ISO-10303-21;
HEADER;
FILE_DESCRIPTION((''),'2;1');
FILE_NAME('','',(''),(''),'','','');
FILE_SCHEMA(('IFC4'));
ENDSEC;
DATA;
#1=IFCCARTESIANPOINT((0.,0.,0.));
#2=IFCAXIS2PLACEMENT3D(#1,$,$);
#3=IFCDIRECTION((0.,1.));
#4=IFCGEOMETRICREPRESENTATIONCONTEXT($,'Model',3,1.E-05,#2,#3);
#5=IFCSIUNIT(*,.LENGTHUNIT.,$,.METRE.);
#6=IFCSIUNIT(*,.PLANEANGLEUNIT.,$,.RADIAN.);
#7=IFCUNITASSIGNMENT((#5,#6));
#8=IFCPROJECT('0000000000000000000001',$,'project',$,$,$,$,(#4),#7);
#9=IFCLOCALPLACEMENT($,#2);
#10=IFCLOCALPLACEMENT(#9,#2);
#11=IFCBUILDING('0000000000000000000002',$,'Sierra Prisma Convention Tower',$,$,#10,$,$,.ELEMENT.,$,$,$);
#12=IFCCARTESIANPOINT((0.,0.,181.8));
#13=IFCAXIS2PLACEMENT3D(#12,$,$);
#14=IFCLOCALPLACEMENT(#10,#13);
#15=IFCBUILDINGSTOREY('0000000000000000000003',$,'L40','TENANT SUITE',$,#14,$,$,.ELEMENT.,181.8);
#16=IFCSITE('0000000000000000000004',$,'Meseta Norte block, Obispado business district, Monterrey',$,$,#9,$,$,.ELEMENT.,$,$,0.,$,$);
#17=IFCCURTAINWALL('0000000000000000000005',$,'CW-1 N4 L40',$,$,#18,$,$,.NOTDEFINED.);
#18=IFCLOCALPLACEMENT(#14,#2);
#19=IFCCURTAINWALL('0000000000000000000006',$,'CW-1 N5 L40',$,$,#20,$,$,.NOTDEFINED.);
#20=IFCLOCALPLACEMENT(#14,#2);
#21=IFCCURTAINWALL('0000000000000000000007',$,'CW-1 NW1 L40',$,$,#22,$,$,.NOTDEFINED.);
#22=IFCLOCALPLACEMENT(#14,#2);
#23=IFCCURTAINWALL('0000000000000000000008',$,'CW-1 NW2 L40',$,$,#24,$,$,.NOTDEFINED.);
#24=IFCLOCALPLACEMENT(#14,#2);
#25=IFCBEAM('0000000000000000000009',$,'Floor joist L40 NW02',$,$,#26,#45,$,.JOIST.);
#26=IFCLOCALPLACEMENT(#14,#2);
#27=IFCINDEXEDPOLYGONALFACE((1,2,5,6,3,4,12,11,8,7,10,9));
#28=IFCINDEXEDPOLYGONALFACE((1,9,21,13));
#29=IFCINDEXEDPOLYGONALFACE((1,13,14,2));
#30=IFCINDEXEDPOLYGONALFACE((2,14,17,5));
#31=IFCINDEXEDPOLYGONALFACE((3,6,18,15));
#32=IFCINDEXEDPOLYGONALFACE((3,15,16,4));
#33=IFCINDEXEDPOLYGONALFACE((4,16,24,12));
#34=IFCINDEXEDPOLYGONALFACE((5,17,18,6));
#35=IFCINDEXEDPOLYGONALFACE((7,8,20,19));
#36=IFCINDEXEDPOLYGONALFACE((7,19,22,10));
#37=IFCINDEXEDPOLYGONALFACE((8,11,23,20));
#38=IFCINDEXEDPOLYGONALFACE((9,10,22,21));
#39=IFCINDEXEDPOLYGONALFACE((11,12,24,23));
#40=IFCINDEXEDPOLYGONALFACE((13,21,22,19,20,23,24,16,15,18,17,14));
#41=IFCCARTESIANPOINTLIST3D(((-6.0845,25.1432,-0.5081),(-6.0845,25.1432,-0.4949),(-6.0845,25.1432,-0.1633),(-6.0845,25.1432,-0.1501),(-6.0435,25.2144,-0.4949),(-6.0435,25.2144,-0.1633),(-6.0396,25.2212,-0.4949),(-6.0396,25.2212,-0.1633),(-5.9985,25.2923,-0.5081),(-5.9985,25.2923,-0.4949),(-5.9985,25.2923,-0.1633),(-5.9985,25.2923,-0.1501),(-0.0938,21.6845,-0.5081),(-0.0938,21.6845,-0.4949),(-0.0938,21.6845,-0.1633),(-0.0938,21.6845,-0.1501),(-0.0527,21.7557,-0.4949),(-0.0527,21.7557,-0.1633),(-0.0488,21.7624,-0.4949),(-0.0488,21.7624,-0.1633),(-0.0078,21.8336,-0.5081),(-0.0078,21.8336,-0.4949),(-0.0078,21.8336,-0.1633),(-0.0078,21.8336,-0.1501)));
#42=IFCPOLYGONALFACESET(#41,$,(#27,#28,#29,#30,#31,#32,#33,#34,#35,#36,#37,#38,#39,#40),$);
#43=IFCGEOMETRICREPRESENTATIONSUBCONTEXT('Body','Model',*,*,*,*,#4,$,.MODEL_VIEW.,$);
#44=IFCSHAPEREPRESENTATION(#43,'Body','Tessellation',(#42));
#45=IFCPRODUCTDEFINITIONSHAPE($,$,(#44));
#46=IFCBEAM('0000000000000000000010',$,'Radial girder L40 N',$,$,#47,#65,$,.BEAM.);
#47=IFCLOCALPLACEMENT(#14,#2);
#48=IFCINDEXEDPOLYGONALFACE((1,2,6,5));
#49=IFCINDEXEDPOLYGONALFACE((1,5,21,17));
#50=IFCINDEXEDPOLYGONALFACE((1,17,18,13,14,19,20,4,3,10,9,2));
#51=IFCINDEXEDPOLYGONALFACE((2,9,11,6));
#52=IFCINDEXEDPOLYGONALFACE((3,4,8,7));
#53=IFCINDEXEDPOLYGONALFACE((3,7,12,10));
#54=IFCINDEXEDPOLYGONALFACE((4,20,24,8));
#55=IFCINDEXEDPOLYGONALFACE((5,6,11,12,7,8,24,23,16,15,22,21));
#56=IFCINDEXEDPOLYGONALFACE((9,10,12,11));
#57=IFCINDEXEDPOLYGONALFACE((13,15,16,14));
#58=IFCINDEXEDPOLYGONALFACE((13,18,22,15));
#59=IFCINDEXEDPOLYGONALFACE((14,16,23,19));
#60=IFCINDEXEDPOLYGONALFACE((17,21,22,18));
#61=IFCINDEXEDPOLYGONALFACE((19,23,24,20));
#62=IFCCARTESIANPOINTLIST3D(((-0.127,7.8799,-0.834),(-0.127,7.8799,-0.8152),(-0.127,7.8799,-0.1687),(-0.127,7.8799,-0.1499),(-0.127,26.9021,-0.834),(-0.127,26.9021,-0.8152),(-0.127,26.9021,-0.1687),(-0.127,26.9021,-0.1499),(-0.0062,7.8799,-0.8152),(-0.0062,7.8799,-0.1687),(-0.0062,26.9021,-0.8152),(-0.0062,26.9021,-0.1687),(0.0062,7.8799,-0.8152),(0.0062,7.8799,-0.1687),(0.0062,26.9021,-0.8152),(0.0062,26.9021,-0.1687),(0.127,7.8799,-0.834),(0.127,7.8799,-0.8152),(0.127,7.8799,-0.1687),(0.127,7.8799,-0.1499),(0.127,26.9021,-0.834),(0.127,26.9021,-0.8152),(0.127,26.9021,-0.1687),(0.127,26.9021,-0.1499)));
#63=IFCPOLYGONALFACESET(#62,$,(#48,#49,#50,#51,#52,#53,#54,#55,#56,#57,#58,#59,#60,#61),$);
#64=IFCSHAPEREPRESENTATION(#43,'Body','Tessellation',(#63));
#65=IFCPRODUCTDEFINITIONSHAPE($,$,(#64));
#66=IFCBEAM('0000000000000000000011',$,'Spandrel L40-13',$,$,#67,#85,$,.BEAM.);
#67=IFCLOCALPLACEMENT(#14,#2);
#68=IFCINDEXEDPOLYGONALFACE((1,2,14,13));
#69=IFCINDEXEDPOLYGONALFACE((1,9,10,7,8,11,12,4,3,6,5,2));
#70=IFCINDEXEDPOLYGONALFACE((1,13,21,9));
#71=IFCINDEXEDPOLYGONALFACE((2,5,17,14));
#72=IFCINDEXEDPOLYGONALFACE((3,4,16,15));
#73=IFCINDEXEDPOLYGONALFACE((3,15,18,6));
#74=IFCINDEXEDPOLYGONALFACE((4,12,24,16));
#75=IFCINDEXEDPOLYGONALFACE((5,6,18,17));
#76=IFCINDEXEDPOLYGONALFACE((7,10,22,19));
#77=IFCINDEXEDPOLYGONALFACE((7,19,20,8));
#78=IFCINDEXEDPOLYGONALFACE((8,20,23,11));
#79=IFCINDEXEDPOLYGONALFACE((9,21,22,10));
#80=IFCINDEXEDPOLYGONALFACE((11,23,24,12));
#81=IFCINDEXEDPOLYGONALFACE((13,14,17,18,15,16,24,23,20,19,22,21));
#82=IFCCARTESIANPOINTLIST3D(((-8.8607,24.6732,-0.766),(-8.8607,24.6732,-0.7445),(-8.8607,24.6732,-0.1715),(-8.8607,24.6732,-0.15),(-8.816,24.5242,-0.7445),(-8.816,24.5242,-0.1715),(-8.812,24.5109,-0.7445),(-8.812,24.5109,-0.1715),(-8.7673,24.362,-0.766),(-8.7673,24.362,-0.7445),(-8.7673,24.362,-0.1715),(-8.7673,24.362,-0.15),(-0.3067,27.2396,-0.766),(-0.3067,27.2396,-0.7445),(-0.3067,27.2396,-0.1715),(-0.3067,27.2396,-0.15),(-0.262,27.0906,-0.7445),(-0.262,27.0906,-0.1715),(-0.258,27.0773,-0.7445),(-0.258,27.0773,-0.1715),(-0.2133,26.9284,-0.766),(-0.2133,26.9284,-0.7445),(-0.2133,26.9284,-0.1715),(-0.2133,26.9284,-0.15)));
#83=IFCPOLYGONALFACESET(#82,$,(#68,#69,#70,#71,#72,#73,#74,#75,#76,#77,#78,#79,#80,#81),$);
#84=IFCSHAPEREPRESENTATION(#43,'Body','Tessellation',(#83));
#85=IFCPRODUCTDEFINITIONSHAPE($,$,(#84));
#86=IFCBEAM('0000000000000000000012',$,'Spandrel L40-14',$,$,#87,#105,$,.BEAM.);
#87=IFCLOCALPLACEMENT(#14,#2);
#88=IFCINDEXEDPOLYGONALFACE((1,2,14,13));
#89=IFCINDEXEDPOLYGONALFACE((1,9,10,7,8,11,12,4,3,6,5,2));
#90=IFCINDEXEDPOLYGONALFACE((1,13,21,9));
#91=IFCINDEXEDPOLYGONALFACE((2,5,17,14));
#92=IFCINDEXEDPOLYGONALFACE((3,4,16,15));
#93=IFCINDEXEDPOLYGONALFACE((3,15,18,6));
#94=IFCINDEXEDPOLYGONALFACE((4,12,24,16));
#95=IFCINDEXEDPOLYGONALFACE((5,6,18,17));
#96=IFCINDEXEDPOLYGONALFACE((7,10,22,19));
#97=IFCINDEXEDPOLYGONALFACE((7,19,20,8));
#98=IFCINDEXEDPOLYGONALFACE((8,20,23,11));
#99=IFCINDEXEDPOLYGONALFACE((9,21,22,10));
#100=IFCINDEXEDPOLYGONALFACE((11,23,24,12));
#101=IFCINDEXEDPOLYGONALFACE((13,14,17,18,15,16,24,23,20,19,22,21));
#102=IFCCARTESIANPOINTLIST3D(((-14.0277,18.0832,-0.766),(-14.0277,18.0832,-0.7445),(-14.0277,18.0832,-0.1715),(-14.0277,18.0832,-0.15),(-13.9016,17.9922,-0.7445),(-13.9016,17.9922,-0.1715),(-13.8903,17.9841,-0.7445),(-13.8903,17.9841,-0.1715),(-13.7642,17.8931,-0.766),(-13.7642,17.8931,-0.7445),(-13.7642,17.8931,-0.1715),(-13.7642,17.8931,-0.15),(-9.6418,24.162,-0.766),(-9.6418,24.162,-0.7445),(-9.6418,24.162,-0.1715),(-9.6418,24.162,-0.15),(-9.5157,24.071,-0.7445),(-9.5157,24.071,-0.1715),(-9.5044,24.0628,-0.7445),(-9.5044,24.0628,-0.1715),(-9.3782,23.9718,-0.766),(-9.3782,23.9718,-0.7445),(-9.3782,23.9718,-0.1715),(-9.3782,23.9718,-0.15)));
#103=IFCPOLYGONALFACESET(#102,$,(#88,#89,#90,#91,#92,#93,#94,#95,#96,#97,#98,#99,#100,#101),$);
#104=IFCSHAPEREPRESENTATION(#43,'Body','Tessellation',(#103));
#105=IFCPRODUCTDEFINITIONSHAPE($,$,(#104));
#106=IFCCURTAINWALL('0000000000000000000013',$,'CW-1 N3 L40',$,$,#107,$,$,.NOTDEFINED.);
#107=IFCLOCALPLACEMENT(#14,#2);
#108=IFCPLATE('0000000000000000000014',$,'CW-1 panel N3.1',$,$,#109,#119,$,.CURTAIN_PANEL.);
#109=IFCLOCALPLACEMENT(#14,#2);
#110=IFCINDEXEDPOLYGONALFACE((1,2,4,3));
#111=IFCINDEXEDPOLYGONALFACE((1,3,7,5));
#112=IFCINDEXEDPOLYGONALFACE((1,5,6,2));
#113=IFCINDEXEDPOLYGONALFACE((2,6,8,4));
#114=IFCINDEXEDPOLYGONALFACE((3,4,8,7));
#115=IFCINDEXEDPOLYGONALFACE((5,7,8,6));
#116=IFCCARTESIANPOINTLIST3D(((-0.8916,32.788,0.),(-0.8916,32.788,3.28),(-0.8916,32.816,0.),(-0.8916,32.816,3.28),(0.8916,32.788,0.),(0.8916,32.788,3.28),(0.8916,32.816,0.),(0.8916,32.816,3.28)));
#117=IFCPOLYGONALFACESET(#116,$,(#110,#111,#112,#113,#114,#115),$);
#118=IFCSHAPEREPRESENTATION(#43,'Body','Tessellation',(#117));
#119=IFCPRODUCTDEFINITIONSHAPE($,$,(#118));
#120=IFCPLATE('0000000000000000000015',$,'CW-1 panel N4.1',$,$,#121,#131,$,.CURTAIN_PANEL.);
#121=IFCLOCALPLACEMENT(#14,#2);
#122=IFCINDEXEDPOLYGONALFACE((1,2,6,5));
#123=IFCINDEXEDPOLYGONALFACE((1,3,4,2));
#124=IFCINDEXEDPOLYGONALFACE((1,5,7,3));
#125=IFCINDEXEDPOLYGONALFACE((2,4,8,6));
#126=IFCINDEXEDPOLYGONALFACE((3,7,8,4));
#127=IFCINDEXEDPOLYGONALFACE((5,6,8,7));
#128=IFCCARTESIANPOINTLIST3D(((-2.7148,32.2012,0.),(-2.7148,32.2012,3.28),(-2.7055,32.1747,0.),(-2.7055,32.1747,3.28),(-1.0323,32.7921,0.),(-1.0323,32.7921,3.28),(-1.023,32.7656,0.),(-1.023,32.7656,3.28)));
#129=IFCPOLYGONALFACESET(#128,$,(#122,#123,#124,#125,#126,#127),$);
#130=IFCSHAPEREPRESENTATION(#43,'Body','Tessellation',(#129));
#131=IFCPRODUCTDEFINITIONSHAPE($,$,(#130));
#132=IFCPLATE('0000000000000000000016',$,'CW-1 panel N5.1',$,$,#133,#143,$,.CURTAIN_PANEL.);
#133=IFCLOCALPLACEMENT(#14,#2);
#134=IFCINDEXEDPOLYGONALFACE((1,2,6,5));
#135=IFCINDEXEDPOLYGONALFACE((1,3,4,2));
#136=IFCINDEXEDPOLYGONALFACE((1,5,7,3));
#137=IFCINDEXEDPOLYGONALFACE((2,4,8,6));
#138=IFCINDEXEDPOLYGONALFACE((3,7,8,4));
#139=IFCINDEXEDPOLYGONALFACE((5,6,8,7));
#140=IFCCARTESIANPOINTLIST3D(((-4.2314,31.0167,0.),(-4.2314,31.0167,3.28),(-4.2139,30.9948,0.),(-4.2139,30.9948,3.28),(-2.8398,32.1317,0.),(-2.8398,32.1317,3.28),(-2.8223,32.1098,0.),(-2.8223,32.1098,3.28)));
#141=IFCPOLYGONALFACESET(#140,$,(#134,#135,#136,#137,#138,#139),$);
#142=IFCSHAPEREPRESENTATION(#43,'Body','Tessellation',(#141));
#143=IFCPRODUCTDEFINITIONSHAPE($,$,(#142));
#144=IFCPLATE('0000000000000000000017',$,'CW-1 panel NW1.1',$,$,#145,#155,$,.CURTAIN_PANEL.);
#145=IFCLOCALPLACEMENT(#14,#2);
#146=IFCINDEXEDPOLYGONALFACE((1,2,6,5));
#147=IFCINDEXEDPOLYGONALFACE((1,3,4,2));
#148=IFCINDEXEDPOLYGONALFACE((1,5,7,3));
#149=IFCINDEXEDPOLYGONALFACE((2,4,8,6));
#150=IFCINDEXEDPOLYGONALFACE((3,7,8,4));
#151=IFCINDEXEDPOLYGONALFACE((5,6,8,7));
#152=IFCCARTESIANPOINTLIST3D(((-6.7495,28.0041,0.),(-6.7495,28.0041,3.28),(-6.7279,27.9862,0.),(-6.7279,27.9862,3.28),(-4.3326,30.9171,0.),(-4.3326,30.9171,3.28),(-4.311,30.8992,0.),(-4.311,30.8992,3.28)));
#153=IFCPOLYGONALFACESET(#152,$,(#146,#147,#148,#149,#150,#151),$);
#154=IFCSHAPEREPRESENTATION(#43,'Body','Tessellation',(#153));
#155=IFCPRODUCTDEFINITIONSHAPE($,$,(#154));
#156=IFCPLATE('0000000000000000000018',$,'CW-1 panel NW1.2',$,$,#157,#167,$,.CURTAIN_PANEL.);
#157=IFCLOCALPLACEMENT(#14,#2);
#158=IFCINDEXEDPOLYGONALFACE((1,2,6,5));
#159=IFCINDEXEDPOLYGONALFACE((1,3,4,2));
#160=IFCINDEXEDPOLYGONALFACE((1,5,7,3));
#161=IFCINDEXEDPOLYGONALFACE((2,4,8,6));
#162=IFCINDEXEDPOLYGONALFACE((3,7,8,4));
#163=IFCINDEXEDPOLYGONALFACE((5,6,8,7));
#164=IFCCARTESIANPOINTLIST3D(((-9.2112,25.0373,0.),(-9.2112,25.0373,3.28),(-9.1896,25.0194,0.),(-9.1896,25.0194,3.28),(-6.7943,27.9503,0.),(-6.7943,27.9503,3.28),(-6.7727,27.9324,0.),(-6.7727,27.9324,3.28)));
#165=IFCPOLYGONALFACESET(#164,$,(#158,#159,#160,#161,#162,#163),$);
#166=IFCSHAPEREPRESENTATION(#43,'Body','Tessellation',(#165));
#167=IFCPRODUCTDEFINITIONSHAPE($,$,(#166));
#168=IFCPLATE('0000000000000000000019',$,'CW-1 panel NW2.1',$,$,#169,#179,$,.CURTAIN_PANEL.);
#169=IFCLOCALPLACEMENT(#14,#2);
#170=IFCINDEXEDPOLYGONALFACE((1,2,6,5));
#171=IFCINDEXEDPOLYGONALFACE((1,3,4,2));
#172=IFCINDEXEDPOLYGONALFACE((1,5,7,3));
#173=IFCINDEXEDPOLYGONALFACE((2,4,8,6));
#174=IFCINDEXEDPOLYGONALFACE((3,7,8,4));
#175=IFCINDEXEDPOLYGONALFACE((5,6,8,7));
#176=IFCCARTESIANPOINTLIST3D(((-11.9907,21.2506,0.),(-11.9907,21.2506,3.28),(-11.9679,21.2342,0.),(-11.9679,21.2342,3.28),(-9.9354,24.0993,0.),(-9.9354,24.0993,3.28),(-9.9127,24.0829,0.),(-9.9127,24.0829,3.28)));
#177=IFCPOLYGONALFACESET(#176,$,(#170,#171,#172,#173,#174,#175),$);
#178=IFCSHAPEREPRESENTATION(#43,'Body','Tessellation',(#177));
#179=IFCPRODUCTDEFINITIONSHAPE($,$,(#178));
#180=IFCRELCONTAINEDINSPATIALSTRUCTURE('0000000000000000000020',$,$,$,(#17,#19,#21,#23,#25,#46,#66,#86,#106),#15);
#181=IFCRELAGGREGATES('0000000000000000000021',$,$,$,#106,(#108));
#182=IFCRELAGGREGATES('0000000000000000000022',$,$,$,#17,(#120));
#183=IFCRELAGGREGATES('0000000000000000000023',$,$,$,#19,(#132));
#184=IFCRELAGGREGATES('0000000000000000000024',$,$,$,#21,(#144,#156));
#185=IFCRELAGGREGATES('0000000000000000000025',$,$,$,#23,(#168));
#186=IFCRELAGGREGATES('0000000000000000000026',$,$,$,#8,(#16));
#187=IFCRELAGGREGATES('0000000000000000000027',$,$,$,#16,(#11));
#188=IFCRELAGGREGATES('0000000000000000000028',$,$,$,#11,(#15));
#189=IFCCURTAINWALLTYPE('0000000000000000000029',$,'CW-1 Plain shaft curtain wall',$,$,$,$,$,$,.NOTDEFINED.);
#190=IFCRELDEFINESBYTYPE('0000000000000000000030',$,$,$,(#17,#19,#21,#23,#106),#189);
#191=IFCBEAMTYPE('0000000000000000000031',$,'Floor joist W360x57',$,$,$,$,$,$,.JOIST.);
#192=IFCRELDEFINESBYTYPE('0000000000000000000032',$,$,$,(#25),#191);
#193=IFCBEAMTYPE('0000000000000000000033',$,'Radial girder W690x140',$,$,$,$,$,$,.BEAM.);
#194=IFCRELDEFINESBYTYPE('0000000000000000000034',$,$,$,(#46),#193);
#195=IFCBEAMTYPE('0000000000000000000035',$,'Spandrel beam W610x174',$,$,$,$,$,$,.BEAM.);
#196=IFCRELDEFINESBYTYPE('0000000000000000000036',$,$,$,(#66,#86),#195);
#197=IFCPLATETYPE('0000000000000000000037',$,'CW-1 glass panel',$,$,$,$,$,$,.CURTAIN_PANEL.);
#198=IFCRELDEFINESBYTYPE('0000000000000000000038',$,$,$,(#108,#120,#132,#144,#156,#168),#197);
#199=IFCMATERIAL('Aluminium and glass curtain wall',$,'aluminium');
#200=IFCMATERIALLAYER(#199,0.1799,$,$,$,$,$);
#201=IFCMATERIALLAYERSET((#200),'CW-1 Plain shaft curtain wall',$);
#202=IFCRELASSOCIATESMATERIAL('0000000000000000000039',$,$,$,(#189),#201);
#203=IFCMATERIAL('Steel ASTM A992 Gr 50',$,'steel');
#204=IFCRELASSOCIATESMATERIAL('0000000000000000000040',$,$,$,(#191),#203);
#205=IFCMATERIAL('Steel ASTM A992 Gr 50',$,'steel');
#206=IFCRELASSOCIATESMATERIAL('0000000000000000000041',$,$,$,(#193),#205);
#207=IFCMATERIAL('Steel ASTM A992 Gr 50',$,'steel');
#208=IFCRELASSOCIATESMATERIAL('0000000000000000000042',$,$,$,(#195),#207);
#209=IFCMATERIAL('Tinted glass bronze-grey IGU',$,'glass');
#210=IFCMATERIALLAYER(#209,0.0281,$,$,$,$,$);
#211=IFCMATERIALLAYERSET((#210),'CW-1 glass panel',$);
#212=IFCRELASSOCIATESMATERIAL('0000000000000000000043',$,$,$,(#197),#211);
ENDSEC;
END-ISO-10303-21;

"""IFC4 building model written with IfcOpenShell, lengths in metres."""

from ifc_helpers import new_model, si_unit, direction, frame, origin, origin_2d, place, context, subcontext, project, spatial, rectangle, i_section, extrude, material, layer, layer_set, material_profile, profile_set, type_object, element, aggregate, save


model = new_model("IFC4")

# Units and contexts
model_context = context("Model", 3, precision=1e-05, world=origin(), true_north=direction((0.0, 1.0)))
body_context = subcontext(model_context, "Body", "Model", "MODEL_VIEW")
ifc_project = project(units=[si_unit("LENGTHUNIT", "METRE"), si_unit("PLANEANGLEUNIT", "RADIAN")], contexts=[model_context])

# Site, building, storey
site_placement = place(None, origin())
site = spatial("IfcSite", under=ifc_project, at=site_placement, Name="Meseta Norte block, Obispado business district, Monterrey", CompositionType="ELEMENT", RefElevation=0.0)
building_placement = place(site_placement, origin())
building = spatial("IfcBuilding", under=site, at=building_placement, Name="Sierra Prisma Convention Tower", CompositionType="ELEMENT")
storey_placement = place(building_placement, frame((0.0, 0.0, 181.8)))
storey = spatial("IfcBuildingStorey", under=building, at=storey_placement, Name="L40", Description="TENANT SUITE", CompositionType="ELEMENT", Elevation=181.8)

# Curtain walls
ifc_material_1 = material(Name="Aluminium and glass curtain wall", Category="aluminium")
ifc_layer_1 = layer(ifc_material_1, 0.1799)
ifc_layer_set_1 = layer_set([ifc_layer_1], Name="CW-1 Plain shaft curtain wall")
curtain_wall_type = type_object("IfcCurtainWallType", Name="CW-1 Plain shaft curtain wall", PredefinedType="NOTDEFINED", material=ifc_layer_set_1)
curtain_wall_1_placement = place(storey_placement, origin())
curtain_wall_1 = element("IfcCurtainWall", 1, at=curtain_wall_1_placement, inside=storey, type_object=curtain_wall_type, Name="CW-1 N4 L40", PredefinedType="NOTDEFINED")
curtain_wall_2_placement = place(storey_placement, origin())
curtain_wall_2 = element("IfcCurtainWall", 2, at=curtain_wall_2_placement, inside=storey, type_object=curtain_wall_type, Name="CW-1 N5 L40", PredefinedType="NOTDEFINED")

# Curtain wall
curtain_wall_3_placement = place(storey_placement, origin())
curtain_wall_3 = element("IfcCurtainWall", 3, at=curtain_wall_3_placement, inside=storey, type_object=curtain_wall_type, Name="CW-1 NW1 L40", PredefinedType="NOTDEFINED")

# Curtain wall
curtain_wall_4_placement = place(storey_placement, origin())
curtain_wall_4 = element("IfcCurtainWall", 4, at=curtain_wall_4_placement, inside=storey, type_object=curtain_wall_type, Name="CW-1 NW2 L40", PredefinedType="NOTDEFINED")

# Beams
ifc_material_2 = material(Name="Steel ASTM A992 Gr 50", Category="steel")
ifc_material_profile_1 = material_profile(ifc_material_2, i_section(OverallWidth=0.1721, OverallDepth=0.3579, WebThickness=0.0078, FlangeThickness=0.0132, at=origin_2d()), Name="W360x57")
ifc_profile_set_1 = profile_set([ifc_material_profile_1], Name="Steel ASTM A992 Gr 50")
beam_type_1 = type_object("IfcBeamType", Name="Floor joist W360x57", PredefinedType="JOIST", material=ifc_profile_set_1)
beam_1_placement = place(storey_placement, frame((-6.0415, 25.2178, -0.3291), z_axis=(0.866026, -0.499999, 0.0), x_axis=(0.499999, 0.866026, 0.0)))
element("IfcBeam", 5, at=beam_1_placement, inside=storey, type_object=beam_type_1, Name="Floor joist L40 NW02", PredefinedType="JOIST", context=body_context, shape_type="SweptSolid", body=[
    extrude(i_section(OverallWidth=0.1721, OverallDepth=0.3579, WebThickness=0.0078, FlangeThickness=0.0132, at=origin_2d()), origin(), (0.0, 0.0, 1.0), 6.9175),
])
ifc_material_3 = material(Name="Steel ASTM A992 Gr 50", Category="steel")
ifc_material_profile_2 = material_profile(ifc_material_3, i_section(OverallWidth=0.2539, OverallDepth=0.6841, WebThickness=0.0125, FlangeThickness=0.0188, at=origin_2d()), Name="W690x140")
ifc_profile_set_2 = profile_set([ifc_material_profile_2], Name="Steel ASTM A992 Gr 50")
beam_type_2 = type_object("IfcBeamType", Name="Radial girder W690x140", PredefinedType="BEAM", material=ifc_profile_set_2)
beam_2_placement = place(storey_placement, frame((0.0, 26.9021, -0.4919), z_axis=(0.0, -1.0, 0.0), x_axis=(1.0, 0.0, 0.0)))
element("IfcBeam", 6, at=beam_2_placement, inside=storey, type_object=beam_type_2, Name="Radial girder L40 N", PredefinedType="BEAM", context=body_context, shape_type="SweptSolid", body=[
    extrude(i_section(OverallWidth=0.2539, OverallDepth=0.6841, WebThickness=0.0125, FlangeThickness=0.0188, at=origin_2d()), origin(), (0.0, 0.0, 1.0), 19.0222),
])
ifc_material_4 = material(Name="Steel ASTM A992 Gr 50", Category="steel")
ifc_material_profile_3 = material_profile(ifc_material_4, i_section(OverallWidth=0.325, OverallDepth=0.616, WebThickness=0.0139, FlangeThickness=0.0215, at=origin_2d()), Name="W610x174")
ifc_profile_set_3 = profile_set([ifc_material_profile_3], Name="Steel ASTM A992 Gr 50")
beam_type_3 = type_object("IfcBeamType", Name="Spandrel beam W610x174", PredefinedType="BEAM", material=ifc_profile_set_3)
beam_3_placement = place(storey_placement, frame((-0.26, 27.084, -0.458), z_axis=(-0.95782, -0.28737, 0.0), x_axis=(0.28737, -0.95782, 0.0)))
element("IfcBeam", 7, at=beam_3_placement, inside=storey, type_object=beam_type_3, Name="Spandrel L40-13", PredefinedType="BEAM", context=body_context, shape_type="SweptSolid", body=[
    extrude(i_section(OverallWidth=0.325, OverallDepth=0.616, WebThickness=0.0139, FlangeThickness=0.0215, at=origin_2d()), origin(), (0.0, 0.0, 1.0), 8.9307),
])
beam_4_placement = place(storey_placement, frame((-9.51, 24.0669, -0.458), z_axis=(-0.585114, -0.810951, 0.0), x_axis=(0.810951, -0.585114, 0.0)))
element("IfcBeam", 8, at=beam_4_placement, inside=storey, type_object=beam_type_3, Name="Spandrel L40-14", PredefinedType="BEAM", context=body_context, shape_type="SweptSolid", body=[
    extrude(i_section(OverallWidth=0.325, OverallDepth=0.616, WebThickness=0.0139, FlangeThickness=0.0215, at=origin_2d()), origin(), (0.0, 0.0, 1.0), 7.4958),
])

# Curtain wall, plate
curtain_wall_5_placement = place(storey_placement, origin())
curtain_wall_5 = element("IfcCurtainWall", 9, at=curtain_wall_5_placement, inside=storey, type_object=curtain_wall_type, Name="CW-1 N3 L40", PredefinedType="NOTDEFINED")
ifc_material_5 = material(Name="Tinted glass bronze-grey IGU", Category="glass")
ifc_layer_2 = layer(ifc_material_5, 0.0281)
ifc_layer_set_2 = layer_set([ifc_layer_2], Name="CW-1 glass panel")
plate_type = type_object("IfcPlateType", Name="CW-1 glass panel", PredefinedType="CURTAIN_PANEL", material=ifc_layer_set_2)
plate_1_placement = place(storey_placement, frame((0.0, 32.802, 0.0), z_axis=(0.0, 0.0, 1.0), x_axis=(-1.0, 0.0, 0.0)))
plate_1 = element("IfcPlate", 10, at=plate_1_placement, type_object=plate_type, Name="CW-1 panel N3.1", PredefinedType="CURTAIN_PANEL", context=body_context, shape_type="SweptSolid", body=[
    extrude(rectangle(XDim=1.7832, YDim=0.0281, at=origin_2d()), origin(), (0.0, 0.0, 1.0), 3.28),
])
aggregate(curtain_wall_5, [plate_1])

# Plates
plate_2_placement = place(storey_placement, frame((-1.8689, 32.4834, 0.0), z_axis=(0.0, 0.0, 1.0), x_axis=(-0.943498, -0.331378, 0.0)))
plate_2 = element("IfcPlate", 11, at=plate_2_placement, type_object=plate_type, Name="CW-1 panel N4.1", PredefinedType="CURTAIN_PANEL", context=body_context, shape_type="SweptSolid", body=[
    extrude(rectangle(XDim=1.7832, YDim=0.0281, at=origin_2d()), origin(), (0.0, 0.0, 1.0), 3.28),
])
aggregate(curtain_wall_1, [plate_2])
plate_3_placement = place(storey_placement, frame((-3.5269, 31.5632, 0.0), z_axis=(0.0, 0.0, 1.0), x_axis=(-0.780377, -0.625309, 0.0)))
plate_3 = element("IfcPlate", 12, at=plate_3_placement, type_object=plate_type, Name="CW-1 panel N5.1", PredefinedType="CURTAIN_PANEL", context=body_context, shape_type="SweptSolid", body=[
    extrude(rectangle(XDim=1.7832, YDim=0.0281, at=origin_2d()), origin(), (0.0, 0.0, 1.0), 3.28),
])
aggregate(curtain_wall_2, [plate_3])
plate_4_placement = place(storey_placement, frame((-5.5303, 29.4517, 0.0), z_axis=(0.0, 0.0, 1.0), x_axis=(-0.638531, -0.769596, 0.0)))
plate_4 = element("IfcPlate", 13, at=plate_4_placement, type_object=plate_type, Name="CW-1 panel NW1.1", PredefinedType="CURTAIN_PANEL", context=body_context, shape_type="SweptSolid", body=[
    extrude(rectangle(XDim=3.7852, YDim=0.0281, at=origin_2d()), origin(), (0.0, 0.0, 1.0), 3.28),
])
plate_5_placement = place(storey_placement, frame((-7.9919, 26.4849, 0.0), z_axis=(0.0, 0.0, 1.0), x_axis=(-0.638531, -0.769596, 0.0)))
plate_5 = element("IfcPlate", 14, at=plate_5_placement, type_object=plate_type, Name="CW-1 panel NW1.2", PredefinedType="CURTAIN_PANEL", context=body_context, shape_type="SweptSolid", body=[
    extrude(rectangle(XDim=3.7852, YDim=0.0281, at=origin_2d()), origin(), (0.0, 0.0, 1.0), 3.28),
])
aggregate(curtain_wall_3, [plate_4, plate_5])
plate_6_placement = place(storey_placement, frame((-10.9517, 22.6667, 0.0), z_axis=(0.0, 0.0, 1.0), x_axis=(-0.585091, -0.810967, 0.0)))
plate_6 = element("IfcPlate", 15, at=plate_6_placement, type_object=plate_type, Name="CW-1 panel NW2.1", PredefinedType="CURTAIN_PANEL", context=body_context, shape_type="SweptSolid", body=[
    extrude(rectangle(XDim=3.5127, YDim=0.0281, at=origin_2d()), origin(), (0.0, 0.0, 1.0), 3.28),
])
aggregate(curtain_wall_4, [plate_6])

save(model, "model.ifc")
